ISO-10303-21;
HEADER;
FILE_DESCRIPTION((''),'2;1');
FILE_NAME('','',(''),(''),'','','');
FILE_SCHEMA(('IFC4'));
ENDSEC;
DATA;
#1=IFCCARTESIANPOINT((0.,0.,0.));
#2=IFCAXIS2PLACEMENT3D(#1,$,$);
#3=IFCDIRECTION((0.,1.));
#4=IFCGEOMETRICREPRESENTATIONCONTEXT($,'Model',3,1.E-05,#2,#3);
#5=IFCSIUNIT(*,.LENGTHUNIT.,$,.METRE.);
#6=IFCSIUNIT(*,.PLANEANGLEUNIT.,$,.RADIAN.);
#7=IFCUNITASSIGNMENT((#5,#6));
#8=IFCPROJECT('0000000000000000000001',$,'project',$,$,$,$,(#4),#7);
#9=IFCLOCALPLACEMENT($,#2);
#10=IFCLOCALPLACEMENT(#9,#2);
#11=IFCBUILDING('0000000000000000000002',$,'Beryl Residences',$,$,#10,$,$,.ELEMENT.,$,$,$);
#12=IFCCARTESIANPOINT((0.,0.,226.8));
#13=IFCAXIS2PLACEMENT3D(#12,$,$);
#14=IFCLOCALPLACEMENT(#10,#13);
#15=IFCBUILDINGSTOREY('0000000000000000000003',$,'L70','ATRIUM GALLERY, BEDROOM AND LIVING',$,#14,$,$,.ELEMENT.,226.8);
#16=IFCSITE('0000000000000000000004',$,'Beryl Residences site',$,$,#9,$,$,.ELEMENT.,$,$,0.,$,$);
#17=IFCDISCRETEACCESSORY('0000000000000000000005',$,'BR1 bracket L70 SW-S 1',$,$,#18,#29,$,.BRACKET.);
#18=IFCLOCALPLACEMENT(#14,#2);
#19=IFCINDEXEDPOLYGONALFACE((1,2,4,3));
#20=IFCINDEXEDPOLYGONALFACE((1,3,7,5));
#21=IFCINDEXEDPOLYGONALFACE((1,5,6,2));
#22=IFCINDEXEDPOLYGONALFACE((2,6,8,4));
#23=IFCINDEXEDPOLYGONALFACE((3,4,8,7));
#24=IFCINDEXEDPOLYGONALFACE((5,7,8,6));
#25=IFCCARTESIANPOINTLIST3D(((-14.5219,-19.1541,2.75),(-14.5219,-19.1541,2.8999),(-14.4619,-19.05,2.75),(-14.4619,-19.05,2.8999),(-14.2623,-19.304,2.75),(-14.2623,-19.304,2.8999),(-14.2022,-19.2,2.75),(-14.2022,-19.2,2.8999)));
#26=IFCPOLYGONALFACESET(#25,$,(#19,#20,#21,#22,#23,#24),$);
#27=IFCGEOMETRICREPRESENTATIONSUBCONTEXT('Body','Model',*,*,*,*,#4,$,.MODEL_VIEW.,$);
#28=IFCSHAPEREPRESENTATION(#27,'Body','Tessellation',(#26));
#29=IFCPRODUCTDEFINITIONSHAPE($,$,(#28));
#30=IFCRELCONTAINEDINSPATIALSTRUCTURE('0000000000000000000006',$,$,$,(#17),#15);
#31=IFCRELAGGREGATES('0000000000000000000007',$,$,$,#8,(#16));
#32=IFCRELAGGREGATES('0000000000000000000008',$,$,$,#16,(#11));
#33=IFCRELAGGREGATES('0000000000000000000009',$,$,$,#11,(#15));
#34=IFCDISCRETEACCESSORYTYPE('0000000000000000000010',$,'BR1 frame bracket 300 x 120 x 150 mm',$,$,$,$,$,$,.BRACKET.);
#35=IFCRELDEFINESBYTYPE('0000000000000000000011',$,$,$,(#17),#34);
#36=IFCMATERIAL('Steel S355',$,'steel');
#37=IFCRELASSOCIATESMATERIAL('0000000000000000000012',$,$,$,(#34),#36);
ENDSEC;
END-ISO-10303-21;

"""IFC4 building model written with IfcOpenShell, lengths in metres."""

from ifc_helpers import new_model, si_unit, direction, frame, origin, place, context, subcontext, project, spatial, polyline, outline, extrude, source, transform, mapped, material, type_object, type_shapes, element, save


model = new_model("IFC4")

# Units and contexts
model_context = context("Model", 3, precision=1e-05, world=origin(), true_north=direction((0.0, 1.0)))
body_context = subcontext(model_context, "Body", "Model", "MODEL_VIEW")
ifc_project = project(units=[si_unit("LENGTHUNIT", "METRE"), si_unit("PLANEANGLEUNIT", "RADIAN")], contexts=[model_context])

# Site, building, storey
site_placement = place(None, origin())
site = spatial("IfcSite", under=ifc_project, at=site_placement, Name="Beryl Residences site", CompositionType="ELEMENT", RefElevation=0.0)
building_placement = place(site_placement, origin())
building = spatial("IfcBuilding", under=site, at=building_placement, Name="Beryl Residences", CompositionType="ELEMENT")
storey_placement = place(building_placement, frame((0.0, 0.0, 226.8)))
storey = spatial("IfcBuildingStorey", under=building, at=storey_placement, Name="L70", Description="ATRIUM GALLERY, BEDROOM AND LIVING", CompositionType="ELEMENT", Elevation=226.8)

# Discrete accessory
ifc_material_1 = material(Name="Steel S355", Category="steel")
discrete_accessory_type = type_object("IfcDiscreteAccessoryType", Name="BR1 frame bracket 300 x 120 x 150 mm", PredefinedType="BRACKET", material=ifc_material_1)
shared_shape_1 = source(origin(), body_context, "Body", "SweptSolid", [
    extrude(outline(polyline([(-0.1499, 0.0), (0.1499, 0.0), (0.1499, 0.1201), (-0.1499, 0.1201), (-0.1499, 0.0)])), origin(), (0.0, 0.0, 1.0), 0.1499),
])
type_shapes(discrete_accessory_type, [shared_shape_1])
for number, where, z_axis, x_axis, name in (
    (1, (-14.332, -19.125, 2.75), (0.0, 0.0, 1.0), (-0.866025, 0.5, 0.0), "BR1 bracket L70 SW-S 1"),
):
    element("IfcDiscreteAccessory", number, at=place(storey_placement, frame(where, z_axis=z_axis, x_axis=x_axis)), inside=storey, type_object=discrete_accessory_type, Name=name, PredefinedType="BRACKET", context=body_context, shape_type="MappedRepresentation", body=[
        mapped(shared_shape_1, transform((0.0, 0.0, 0.0))),
    ])

save(model, "model.ifc")
